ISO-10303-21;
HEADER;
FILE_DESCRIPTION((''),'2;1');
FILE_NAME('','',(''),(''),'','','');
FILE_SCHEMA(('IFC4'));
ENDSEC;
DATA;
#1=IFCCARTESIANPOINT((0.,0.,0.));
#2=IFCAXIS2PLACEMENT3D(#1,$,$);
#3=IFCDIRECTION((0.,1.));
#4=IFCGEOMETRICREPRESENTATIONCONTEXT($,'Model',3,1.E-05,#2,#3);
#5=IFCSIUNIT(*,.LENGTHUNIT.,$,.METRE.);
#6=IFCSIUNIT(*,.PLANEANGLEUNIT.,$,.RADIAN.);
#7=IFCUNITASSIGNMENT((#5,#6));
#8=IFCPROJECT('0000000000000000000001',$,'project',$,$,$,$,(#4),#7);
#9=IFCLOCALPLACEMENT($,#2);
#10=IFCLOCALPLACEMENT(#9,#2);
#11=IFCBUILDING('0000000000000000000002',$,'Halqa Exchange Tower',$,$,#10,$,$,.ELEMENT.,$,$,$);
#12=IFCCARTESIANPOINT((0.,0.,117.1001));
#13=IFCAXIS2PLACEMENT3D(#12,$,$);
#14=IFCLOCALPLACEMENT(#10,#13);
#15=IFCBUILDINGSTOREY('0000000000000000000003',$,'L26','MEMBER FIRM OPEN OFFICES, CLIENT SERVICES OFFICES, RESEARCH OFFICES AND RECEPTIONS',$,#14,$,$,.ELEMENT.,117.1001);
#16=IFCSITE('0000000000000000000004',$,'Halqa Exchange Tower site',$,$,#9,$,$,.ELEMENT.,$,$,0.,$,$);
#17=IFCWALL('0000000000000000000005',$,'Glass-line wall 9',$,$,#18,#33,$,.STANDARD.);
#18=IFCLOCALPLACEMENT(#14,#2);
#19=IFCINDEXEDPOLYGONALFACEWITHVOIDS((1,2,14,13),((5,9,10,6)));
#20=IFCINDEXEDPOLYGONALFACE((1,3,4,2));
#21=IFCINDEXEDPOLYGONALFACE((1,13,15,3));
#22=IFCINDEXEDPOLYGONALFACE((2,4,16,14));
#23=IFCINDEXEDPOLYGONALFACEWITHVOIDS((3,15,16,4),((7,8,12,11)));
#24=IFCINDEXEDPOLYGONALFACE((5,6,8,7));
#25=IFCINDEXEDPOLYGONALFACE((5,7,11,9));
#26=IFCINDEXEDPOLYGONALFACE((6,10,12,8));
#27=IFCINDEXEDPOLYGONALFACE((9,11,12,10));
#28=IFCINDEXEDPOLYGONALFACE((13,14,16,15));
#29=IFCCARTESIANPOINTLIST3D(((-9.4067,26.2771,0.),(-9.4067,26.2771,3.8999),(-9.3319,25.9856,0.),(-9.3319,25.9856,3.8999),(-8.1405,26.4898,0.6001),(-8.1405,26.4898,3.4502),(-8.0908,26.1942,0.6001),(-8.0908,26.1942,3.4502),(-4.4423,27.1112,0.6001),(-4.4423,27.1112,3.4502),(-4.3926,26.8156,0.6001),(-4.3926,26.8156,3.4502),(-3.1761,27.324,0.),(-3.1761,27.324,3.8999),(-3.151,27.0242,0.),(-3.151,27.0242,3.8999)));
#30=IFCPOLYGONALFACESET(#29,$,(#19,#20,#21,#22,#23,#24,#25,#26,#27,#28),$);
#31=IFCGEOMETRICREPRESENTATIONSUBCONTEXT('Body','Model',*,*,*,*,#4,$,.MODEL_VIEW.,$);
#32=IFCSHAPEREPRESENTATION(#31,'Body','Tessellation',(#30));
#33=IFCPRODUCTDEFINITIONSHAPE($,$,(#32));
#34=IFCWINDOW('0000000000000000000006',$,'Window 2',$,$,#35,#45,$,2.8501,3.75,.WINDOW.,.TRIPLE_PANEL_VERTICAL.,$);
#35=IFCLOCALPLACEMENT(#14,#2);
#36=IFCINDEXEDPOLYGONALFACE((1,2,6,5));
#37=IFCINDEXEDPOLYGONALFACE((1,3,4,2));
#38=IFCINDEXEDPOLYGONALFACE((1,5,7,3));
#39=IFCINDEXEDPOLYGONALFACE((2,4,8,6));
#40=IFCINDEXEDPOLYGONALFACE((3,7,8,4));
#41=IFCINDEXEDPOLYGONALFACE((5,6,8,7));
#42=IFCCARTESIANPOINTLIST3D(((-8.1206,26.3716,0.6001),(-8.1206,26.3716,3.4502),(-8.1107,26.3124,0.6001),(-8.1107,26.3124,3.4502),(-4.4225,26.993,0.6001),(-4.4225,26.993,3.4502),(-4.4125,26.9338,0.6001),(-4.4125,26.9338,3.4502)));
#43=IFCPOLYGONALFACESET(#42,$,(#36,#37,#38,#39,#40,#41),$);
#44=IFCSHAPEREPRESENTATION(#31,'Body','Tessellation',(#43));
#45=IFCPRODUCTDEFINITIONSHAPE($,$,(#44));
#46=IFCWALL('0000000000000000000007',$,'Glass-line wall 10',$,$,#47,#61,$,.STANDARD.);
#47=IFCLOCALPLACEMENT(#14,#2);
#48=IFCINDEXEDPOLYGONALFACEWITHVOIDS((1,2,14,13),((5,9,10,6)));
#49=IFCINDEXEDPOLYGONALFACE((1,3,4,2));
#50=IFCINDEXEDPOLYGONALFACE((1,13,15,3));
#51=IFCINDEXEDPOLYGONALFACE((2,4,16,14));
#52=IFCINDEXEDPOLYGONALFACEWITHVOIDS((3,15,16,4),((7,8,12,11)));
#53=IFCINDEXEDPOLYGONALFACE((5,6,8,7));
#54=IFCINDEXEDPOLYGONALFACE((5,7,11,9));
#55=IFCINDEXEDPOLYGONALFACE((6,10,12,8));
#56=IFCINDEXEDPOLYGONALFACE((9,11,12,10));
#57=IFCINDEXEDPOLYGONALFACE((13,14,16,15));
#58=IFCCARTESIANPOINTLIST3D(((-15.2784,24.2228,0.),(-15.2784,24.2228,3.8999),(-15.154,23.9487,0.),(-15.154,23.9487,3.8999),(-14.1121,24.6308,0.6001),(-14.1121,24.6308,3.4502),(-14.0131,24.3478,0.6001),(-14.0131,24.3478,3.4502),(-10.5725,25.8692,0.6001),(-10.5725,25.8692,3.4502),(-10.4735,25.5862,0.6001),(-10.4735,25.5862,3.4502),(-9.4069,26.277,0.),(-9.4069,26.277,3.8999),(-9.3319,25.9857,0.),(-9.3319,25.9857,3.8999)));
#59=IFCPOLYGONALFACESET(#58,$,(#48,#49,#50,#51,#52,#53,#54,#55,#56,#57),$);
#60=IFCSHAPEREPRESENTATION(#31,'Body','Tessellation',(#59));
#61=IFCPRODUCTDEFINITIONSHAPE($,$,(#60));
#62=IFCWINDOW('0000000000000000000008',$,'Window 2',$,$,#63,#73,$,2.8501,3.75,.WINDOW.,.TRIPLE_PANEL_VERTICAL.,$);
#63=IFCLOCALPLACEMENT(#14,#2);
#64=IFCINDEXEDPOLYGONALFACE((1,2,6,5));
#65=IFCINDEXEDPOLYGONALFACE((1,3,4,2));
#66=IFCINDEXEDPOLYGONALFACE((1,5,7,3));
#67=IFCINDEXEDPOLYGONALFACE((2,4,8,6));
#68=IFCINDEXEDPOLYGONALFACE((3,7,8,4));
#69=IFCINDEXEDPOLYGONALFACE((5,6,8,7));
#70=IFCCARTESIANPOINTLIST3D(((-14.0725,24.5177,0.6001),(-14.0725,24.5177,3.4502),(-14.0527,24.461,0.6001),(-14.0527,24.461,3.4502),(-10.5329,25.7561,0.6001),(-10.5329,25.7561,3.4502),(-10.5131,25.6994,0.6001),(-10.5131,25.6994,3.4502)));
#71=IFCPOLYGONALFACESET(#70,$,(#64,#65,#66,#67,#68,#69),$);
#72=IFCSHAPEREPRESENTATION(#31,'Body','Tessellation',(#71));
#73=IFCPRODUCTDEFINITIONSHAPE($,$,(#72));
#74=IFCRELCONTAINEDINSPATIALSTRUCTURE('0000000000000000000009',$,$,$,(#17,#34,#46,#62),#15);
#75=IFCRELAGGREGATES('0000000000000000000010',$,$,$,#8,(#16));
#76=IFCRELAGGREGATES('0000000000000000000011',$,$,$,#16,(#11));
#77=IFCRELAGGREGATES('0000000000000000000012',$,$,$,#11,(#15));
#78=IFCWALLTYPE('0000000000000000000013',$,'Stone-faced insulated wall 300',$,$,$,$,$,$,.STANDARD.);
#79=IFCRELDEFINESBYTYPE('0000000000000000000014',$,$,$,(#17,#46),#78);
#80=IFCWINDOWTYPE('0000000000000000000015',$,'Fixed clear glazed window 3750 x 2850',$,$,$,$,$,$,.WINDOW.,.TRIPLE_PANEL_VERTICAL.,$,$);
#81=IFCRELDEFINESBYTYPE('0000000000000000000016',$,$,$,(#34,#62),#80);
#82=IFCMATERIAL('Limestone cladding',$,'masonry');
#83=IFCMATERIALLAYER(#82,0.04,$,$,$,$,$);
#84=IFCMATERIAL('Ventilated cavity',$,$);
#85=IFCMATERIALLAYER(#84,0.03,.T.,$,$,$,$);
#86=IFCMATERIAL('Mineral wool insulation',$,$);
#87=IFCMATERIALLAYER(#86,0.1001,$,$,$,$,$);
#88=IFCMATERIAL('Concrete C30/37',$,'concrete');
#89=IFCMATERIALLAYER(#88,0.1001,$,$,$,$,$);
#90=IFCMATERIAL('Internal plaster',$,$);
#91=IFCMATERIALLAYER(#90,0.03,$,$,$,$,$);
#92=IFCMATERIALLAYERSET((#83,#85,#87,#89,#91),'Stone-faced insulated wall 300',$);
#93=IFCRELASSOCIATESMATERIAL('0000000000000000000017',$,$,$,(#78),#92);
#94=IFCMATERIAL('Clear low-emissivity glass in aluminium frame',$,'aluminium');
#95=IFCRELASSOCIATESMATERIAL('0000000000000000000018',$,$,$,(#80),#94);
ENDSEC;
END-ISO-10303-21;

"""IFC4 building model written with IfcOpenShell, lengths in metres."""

from ifc_helpers import new_model, si_unit, direction, frame, frame_2d, origin, place, context, subcontext, project, spatial, polyline, rectangle, outline, extrude, material, layer, layer_set, type_object, element, fill, save


model = new_model("IFC4")

# Units and contexts
model_context = context("Model", 3, precision=1e-05, world=origin(), true_north=direction((0.0, 1.0)))
body_context = subcontext(model_context, "Body", "Model", "MODEL_VIEW")
ifc_project = project(units=[si_unit("LENGTHUNIT", "METRE"), si_unit("PLANEANGLEUNIT", "RADIAN")], contexts=[model_context])

# Site, building, storey
site_placement = place(None, origin())
site = spatial("IfcSite", under=ifc_project, at=site_placement, Name="Halqa Exchange Tower site", CompositionType="ELEMENT", RefElevation=0.0)
building_placement = place(site_placement, origin())
building = spatial("IfcBuilding", under=site, at=building_placement, Name="Halqa Exchange Tower", CompositionType="ELEMENT")
storey_placement = place(building_placement, frame((0.0, 0.0, 117.1001)))
storey = spatial("IfcBuildingStorey", under=building, at=storey_placement, Name="L26", Description="MEMBER FIRM OPEN OFFICES, CLIENT SERVICES OFFICES, RESEARCH OFFICES AND RECEPTIONS", CompositionType="ELEMENT", Elevation=117.1001)

# Shared definitions
ifc_material_1 = material(Name="Concrete C30/37", Category="concrete")

# Walls, openings, windows
ifc_material_2 = material(Name="Limestone cladding", Category="masonry")
ifc_layer_1 = layer(ifc_material_2, 0.04)
ifc_material_3 = material(Name="Ventilated cavity")
ifc_layer_2 = layer(ifc_material_3, 0.03, ventilated=True)
ifc_material_4 = material(Name="Mineral wool insulation")
ifc_layer_3 = layer(ifc_material_4, 0.1001)
ifc_layer_4 = layer(ifc_material_1, 0.1001)
ifc_material_5 = material(Name="Internal plaster")
ifc_layer_5 = layer(ifc_material_5, 0.03)
ifc_layer_set_1 = layer_set([ifc_layer_1, ifc_layer_2, ifc_layer_3, ifc_layer_4, ifc_layer_5], Name="Stone-faced insulated wall 300")
wall_type_1 = type_object("IfcWallType", Name="Stone-faced insulated wall 300", PredefinedType="STANDARD", material=ifc_layer_set_1)
wall_1_placement = place(storey_placement, frame((-3.1636, 27.1741, 0.0), z_axis=(0.0, 0.0, 1.0), x_axis=(-0.986176, -0.165701, 0.0)))
wall_1 = element("IfcWall", 1, at=wall_1_placement, inside=storey, type_object=wall_type_1, Name="Glass-line wall 9", PredefinedType="STANDARD", context=body_context, shape_type="SweptSolid", body=[
    extrude(outline(polyline([(-0.0125, -0.1499), (6.3054, -0.1499), (6.28, 0.1499), (0.0125, 0.1499), (-0.0125, -0.1499)])), origin(), (0.0, 0.0, 1.0), 3.8999),
])
opening_1_placement = place(wall_1_placement, frame((1.2715, 0.0, 0.6001)))
opening_1 = element("IfcOpeningElement", 2, at=opening_1_placement, cuts=wall_1, PredefinedType="OPENING", context=body_context, shape_type="SweptSolid", body=[
    extrude(rectangle(XDim=3.75, YDim=2.8501, at=frame_2d((1.875, 1.425))), frame((0.0, 0.1621, 0.0), z_axis=(0.0, -1.0, 0.0), x_axis=(1.0, 0.0, 0.0)), (0.0, 0.0, 1.0), 0.324),
])
ifc_material_6 = material(Name="Clear low-emissivity glass in aluminium frame", Category="aluminium")
window_type = type_object("IfcWindowType", Name="Fixed clear glazed window 3750 x 2850", PartitioningType="TRIPLE_PANEL_VERTICAL", PredefinedType="WINDOW", material=ifc_material_6)
window_1_placement = place(opening_1_placement, origin())
window_1 = element("IfcWindow", 3, at=window_1_placement, inside=storey, type_object=window_type, Name="Window 2", OverallHeight=2.8501, OverallWidth=3.75, PartitioningType="TRIPLE_PANEL_VERTICAL", PredefinedType="WINDOW", context=body_context, shape_type="SweptSolid", body=[
    extrude(rectangle(XDim=3.75, YDim=2.8501, at=frame_2d((1.875, 1.425))), frame((0.0, 0.03, 0.0), z_axis=(0.0, -1.0, 0.0), x_axis=(1.0, 0.0, 0.0)), (0.0, 0.0, 1.0), 0.0601),
])
fill(opening_1, window_1)
wall_2_placement = place(storey_placement, frame((-9.3694, 26.1313, 0.0), z_axis=(0.0, 0.0, 1.0), x_axis=(-0.943897, -0.33024, 0.0)))
wall_2 = element("IfcWall", 4, at=wall_2_placement, inside=storey, type_object=wall_type_1, Name="Glass-line wall 10", PredefinedType="STANDARD", context=body_context, shape_type="SweptSolid", body=[
    extrude(outline(polyline([(-0.0127, -0.1499), (6.2078, -0.1499), (6.1809, 0.1499), (0.0127, 0.1499), (-0.0127, -0.1499)])), origin(), (0.0, 0.0, 1.0), 3.8999),
])
opening_2_placement = place(wall_2_placement, frame((1.2222, 0.0, 0.6001)))
opening_2 = element("IfcOpeningElement", 5, at=opening_2_placement, cuts=wall_2, PredefinedType="OPENING", context=body_context, shape_type="SweptSolid", body=[
    extrude(rectangle(XDim=3.75, YDim=2.8501, at=frame_2d((1.875, 1.425))), frame((0.0, 0.1621, 0.0), z_axis=(0.0, -1.0, 0.0), x_axis=(1.0, 0.0, 0.0)), (0.0, 0.0, 1.0), 0.324),
])
window_2_placement = place(opening_2_placement, origin())
window_2 = element("IfcWindow", 6, at=window_2_placement, inside=storey, type_object=window_type, Name="Window 2", OverallHeight=2.8501, OverallWidth=3.75, PartitioningType="TRIPLE_PANEL_VERTICAL", PredefinedType="WINDOW", context=body_context, shape_type="SweptSolid", body=[
    extrude(rectangle(XDim=3.75, YDim=2.8501, at=frame_2d((1.875, 1.425))), frame((0.0, 0.03, 0.0), z_axis=(0.0, -1.0, 0.0), x_axis=(1.0, 0.0, 0.0)), (0.0, 0.0, 1.0), 0.0601),
])
fill(opening_2, window_2)

save(model, "model.ifc")
